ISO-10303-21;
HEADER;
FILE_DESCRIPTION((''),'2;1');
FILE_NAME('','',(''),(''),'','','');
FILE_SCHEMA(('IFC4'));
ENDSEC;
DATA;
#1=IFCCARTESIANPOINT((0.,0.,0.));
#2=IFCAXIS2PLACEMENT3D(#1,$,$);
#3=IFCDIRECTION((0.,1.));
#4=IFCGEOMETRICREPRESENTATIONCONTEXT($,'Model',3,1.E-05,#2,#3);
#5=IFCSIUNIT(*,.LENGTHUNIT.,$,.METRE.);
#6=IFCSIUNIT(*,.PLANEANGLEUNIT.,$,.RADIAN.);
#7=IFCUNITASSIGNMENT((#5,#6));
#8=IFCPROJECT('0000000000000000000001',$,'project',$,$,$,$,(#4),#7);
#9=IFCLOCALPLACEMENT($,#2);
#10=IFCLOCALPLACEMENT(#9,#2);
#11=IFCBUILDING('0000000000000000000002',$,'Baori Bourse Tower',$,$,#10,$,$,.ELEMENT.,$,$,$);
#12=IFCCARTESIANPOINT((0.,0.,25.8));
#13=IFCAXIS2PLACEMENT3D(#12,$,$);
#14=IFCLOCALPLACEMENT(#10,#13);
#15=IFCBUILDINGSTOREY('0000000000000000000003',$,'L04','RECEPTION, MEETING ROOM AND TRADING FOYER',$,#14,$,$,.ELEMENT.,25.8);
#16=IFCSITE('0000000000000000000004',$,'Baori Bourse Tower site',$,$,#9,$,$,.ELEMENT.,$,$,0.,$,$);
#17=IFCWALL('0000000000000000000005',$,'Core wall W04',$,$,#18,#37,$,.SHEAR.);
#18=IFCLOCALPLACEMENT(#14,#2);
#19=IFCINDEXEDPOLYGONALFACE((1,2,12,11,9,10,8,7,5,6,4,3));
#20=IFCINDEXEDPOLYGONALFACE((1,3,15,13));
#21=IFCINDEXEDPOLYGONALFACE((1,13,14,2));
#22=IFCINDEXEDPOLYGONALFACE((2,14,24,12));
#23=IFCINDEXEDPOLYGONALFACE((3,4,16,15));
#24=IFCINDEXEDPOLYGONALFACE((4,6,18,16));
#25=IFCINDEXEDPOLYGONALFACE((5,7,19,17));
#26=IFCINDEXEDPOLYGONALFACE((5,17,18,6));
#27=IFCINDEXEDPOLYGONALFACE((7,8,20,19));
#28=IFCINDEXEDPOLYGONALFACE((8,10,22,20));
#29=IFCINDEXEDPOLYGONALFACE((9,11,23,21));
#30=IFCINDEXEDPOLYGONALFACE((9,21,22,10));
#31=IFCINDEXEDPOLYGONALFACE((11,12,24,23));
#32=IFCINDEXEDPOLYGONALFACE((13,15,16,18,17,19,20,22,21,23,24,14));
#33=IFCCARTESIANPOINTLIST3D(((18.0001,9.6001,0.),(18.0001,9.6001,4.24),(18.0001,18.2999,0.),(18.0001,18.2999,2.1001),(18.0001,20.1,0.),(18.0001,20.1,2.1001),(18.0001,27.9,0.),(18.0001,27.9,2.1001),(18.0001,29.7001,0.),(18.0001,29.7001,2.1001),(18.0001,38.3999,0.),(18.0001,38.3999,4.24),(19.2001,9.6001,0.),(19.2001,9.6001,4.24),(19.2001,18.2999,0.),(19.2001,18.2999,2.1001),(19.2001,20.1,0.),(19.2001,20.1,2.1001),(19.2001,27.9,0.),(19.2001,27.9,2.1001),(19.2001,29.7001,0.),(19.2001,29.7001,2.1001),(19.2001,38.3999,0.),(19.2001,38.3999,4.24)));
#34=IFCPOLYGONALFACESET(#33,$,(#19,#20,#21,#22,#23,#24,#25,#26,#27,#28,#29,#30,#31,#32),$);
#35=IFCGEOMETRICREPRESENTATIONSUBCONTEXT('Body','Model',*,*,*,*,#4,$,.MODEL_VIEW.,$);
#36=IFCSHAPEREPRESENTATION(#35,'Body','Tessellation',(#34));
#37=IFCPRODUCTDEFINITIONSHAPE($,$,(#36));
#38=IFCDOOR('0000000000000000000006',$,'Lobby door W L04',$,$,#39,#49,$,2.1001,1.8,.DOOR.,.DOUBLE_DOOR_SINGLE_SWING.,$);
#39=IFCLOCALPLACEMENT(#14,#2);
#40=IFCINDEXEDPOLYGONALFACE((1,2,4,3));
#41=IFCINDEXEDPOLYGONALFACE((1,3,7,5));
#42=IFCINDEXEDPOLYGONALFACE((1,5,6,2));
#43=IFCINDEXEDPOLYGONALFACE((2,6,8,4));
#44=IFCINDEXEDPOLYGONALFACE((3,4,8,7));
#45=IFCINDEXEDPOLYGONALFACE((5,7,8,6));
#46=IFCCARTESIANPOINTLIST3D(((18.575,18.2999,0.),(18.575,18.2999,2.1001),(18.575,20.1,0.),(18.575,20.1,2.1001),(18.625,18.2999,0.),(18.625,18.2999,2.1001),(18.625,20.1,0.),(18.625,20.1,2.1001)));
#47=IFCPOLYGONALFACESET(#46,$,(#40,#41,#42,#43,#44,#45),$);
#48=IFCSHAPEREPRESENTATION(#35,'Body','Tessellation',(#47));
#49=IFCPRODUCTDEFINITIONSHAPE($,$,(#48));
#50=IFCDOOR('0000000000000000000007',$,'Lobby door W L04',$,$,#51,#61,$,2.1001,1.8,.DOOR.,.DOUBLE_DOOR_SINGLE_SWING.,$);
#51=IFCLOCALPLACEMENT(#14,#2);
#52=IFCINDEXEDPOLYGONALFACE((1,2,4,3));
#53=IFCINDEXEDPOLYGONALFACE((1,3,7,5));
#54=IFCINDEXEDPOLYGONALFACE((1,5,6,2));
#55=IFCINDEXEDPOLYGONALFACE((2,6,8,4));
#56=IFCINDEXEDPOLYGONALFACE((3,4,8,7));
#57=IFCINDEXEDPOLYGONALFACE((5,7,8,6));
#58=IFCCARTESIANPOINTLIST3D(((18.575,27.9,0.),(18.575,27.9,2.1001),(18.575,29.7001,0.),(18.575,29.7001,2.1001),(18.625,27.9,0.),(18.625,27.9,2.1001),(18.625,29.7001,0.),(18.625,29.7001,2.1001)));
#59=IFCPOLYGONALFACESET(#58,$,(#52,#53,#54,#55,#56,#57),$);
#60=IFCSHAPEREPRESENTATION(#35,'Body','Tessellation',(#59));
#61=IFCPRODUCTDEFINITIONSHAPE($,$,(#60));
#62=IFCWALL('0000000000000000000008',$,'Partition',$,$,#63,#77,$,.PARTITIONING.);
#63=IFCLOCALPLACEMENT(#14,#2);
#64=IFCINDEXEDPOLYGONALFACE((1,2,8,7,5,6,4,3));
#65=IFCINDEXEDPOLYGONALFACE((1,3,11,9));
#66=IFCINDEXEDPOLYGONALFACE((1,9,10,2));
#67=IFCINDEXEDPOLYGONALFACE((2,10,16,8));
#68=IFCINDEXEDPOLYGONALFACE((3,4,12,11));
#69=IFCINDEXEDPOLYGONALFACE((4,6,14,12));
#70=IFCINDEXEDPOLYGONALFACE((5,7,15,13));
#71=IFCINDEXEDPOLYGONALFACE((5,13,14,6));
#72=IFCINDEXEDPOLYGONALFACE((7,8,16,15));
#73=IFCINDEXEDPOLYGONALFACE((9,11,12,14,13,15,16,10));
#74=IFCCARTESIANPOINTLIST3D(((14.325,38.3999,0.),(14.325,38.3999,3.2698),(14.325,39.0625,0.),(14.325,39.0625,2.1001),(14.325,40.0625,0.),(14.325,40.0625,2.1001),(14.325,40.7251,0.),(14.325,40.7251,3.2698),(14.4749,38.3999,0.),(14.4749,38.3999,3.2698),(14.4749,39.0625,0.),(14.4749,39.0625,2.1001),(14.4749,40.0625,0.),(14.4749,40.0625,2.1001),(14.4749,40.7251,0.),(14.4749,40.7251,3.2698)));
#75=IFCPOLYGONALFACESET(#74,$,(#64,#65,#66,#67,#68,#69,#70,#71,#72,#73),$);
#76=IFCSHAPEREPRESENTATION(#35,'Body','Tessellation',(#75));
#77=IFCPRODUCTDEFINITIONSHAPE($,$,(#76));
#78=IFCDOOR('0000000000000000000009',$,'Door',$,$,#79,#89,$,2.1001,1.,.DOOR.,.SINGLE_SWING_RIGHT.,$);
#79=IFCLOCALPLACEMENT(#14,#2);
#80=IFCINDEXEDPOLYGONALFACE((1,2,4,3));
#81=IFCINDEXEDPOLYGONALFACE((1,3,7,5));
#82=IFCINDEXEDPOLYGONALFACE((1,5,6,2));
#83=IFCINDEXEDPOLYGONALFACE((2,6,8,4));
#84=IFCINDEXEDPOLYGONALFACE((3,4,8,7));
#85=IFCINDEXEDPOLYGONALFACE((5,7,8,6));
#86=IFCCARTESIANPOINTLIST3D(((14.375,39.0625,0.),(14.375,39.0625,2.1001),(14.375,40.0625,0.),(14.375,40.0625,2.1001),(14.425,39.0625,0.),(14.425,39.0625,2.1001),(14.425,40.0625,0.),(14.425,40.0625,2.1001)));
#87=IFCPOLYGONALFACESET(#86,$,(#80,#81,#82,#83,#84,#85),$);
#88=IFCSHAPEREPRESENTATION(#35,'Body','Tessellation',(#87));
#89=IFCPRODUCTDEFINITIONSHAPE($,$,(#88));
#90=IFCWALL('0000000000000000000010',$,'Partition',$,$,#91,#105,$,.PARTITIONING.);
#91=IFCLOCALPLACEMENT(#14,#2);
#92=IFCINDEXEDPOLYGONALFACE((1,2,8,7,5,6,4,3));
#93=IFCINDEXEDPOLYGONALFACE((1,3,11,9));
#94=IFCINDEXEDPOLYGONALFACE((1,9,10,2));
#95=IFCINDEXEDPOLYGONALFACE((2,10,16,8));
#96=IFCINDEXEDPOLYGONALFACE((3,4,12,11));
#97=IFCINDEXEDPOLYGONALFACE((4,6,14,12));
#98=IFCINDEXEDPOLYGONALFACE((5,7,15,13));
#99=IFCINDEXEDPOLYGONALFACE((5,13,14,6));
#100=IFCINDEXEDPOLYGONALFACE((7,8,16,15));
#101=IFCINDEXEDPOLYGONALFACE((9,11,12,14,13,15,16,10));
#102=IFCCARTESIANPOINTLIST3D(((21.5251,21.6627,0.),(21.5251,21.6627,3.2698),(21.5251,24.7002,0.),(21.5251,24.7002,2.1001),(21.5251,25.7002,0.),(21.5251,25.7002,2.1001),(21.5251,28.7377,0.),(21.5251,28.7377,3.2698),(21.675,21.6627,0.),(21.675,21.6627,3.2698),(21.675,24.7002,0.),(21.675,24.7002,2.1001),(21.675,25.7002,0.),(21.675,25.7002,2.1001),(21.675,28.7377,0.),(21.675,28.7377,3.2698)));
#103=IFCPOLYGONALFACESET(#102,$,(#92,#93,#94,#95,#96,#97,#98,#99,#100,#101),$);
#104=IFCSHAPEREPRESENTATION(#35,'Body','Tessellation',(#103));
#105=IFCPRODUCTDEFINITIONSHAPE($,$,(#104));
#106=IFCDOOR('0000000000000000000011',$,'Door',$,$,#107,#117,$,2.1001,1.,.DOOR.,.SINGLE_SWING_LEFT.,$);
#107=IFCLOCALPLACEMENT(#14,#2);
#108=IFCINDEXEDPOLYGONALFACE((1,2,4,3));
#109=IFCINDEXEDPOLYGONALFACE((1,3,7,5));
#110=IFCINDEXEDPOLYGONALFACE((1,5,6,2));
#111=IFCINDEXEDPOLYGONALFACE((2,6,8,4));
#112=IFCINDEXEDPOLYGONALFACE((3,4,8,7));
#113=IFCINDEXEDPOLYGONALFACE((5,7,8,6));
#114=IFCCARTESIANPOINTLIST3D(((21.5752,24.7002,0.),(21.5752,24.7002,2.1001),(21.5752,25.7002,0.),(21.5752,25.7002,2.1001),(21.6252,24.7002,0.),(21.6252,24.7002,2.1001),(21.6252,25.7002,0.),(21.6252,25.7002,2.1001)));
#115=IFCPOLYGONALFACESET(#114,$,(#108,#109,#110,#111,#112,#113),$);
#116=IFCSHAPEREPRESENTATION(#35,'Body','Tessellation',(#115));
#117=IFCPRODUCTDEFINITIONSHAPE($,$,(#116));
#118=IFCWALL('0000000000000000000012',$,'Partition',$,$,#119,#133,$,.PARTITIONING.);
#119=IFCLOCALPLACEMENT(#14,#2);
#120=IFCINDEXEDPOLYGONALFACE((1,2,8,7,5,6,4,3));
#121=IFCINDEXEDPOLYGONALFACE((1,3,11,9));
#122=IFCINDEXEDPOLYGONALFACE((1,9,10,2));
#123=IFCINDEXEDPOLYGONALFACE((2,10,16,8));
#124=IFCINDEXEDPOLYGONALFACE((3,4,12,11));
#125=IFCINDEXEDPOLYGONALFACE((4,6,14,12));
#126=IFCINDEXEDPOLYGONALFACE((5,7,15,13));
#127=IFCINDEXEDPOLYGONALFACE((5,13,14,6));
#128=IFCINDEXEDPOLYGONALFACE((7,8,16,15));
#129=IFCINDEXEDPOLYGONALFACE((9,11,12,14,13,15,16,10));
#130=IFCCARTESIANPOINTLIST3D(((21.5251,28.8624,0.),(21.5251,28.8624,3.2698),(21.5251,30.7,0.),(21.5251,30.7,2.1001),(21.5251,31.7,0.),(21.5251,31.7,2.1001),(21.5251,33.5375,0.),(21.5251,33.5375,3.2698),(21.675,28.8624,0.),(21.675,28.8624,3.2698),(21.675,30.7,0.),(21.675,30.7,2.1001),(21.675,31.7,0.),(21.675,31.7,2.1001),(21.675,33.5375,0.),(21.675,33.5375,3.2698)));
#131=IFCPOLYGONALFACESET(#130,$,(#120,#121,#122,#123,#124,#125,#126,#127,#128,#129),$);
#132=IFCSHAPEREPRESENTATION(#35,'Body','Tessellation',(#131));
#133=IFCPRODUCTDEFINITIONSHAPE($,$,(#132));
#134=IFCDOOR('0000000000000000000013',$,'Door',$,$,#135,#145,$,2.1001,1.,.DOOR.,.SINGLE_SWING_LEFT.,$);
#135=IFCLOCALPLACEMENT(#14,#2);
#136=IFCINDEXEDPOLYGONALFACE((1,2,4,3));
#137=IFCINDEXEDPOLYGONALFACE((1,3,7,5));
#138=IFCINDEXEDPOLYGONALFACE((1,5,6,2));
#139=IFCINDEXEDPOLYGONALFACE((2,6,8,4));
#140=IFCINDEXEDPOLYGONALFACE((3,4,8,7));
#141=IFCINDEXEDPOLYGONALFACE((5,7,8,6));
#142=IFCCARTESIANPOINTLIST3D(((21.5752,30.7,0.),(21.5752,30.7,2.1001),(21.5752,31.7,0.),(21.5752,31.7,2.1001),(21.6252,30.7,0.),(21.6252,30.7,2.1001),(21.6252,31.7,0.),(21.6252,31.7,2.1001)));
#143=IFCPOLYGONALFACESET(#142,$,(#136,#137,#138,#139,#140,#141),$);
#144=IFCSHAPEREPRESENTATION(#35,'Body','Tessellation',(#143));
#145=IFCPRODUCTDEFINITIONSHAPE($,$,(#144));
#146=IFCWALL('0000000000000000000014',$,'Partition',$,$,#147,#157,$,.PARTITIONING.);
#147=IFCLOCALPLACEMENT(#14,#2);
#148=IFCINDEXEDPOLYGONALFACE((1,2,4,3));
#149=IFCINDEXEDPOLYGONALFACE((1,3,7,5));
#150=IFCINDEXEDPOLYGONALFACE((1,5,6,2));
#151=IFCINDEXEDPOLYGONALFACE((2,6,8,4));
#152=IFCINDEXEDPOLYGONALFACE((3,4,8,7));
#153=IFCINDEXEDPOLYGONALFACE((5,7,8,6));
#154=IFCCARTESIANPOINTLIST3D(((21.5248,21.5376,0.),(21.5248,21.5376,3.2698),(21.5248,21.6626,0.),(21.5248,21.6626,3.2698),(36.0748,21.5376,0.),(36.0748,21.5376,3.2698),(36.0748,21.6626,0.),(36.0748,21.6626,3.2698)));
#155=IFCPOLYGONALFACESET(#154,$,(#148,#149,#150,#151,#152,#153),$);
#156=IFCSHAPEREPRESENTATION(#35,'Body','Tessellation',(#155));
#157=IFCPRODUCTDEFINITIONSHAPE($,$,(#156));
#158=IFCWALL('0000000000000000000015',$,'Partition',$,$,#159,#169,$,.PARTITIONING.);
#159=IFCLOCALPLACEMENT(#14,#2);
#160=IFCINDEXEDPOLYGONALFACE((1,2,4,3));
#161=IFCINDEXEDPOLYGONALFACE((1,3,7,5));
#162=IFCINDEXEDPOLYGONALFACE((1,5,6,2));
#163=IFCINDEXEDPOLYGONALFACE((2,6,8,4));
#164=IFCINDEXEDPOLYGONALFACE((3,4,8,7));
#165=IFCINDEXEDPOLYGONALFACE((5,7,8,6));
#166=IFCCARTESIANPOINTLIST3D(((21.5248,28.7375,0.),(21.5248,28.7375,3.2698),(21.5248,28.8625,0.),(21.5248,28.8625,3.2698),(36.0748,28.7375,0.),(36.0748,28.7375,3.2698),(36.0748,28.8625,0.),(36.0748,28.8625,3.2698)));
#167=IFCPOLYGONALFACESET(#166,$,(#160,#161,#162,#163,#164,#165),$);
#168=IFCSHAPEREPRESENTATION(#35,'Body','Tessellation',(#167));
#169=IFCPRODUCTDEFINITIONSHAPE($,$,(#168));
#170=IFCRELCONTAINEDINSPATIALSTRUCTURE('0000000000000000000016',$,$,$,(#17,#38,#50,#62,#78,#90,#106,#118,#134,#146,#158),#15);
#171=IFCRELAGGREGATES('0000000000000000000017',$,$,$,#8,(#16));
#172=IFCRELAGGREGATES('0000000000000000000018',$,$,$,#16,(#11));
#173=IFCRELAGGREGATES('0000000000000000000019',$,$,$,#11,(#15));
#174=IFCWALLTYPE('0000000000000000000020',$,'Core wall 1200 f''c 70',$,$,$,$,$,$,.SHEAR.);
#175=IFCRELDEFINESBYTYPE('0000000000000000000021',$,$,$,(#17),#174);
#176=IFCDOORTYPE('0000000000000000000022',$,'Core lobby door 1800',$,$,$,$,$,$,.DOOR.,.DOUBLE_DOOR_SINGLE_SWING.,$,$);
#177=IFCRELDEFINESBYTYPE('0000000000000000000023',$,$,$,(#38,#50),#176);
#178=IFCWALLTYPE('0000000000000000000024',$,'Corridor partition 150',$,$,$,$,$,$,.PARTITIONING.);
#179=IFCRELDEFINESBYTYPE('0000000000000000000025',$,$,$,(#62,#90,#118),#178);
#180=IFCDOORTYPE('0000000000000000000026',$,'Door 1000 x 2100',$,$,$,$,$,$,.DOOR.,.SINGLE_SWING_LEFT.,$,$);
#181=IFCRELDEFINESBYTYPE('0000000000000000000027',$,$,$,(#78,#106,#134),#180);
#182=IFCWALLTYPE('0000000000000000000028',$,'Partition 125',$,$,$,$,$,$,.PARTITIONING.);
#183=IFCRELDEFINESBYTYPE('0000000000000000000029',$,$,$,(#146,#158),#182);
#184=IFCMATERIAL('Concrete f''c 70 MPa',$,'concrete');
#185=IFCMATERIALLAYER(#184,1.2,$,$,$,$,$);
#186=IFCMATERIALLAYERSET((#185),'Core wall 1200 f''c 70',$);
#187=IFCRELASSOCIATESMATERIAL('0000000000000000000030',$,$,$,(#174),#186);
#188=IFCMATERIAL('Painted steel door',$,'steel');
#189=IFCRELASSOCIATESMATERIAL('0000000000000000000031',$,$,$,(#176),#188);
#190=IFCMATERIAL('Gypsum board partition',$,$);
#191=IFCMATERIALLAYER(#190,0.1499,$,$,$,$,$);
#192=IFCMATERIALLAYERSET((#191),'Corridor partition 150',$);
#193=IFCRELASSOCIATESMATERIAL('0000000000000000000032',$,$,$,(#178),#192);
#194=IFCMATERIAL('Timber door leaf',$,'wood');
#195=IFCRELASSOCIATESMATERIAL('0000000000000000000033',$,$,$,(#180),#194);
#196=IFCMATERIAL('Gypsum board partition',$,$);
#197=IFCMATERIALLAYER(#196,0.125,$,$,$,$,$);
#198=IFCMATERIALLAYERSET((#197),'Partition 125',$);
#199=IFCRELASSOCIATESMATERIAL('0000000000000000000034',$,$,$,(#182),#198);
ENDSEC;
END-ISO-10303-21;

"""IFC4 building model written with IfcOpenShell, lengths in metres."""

from ifc_helpers import new_model, si_unit, direction, frame, frame_2d, origin, place, context, subcontext, project, spatial, rectangle, extrude, material, layer, layer_set, type_object, element, fill, save


model = new_model("IFC4")

# Units and contexts
model_context = context("Model", 3, precision=1e-05, world=origin(), true_north=direction((0.0, 1.0)))
body_context = subcontext(model_context, "Body", "Model", "MODEL_VIEW")
ifc_project = project(units=[si_unit("LENGTHUNIT", "METRE"), si_unit("PLANEANGLEUNIT", "RADIAN")], contexts=[model_context])

# Site, building, storey
site_placement = place(None, origin())
site = spatial("IfcSite", under=ifc_project, at=site_placement, Name="Baori Bourse Tower site", CompositionType="ELEMENT", RefElevation=0.0)
building_placement = place(site_placement, origin())
building = spatial("IfcBuilding", under=site, at=building_placement, Name="Baori Bourse Tower", CompositionType="ELEMENT")
storey_placement = place(building_placement, frame((0.0, 0.0, 25.8)))
storey = spatial("IfcBuildingStorey", under=building, at=storey_placement, Name="L04", Description="RECEPTION, MEETING ROOM AND TRADING FOYER", CompositionType="ELEMENT", Elevation=25.8)

# Wall, openings, doors
ifc_material_1 = material(Name="Concrete f'c 70 MPa", Category="concrete")
ifc_layer_1 = layer(ifc_material_1, 1.2)
ifc_layer_set_1 = layer_set([ifc_layer_1], Name="Core wall 1200 f'c 70")
wall_type_1 = type_object("IfcWallType", Name="Core wall 1200 f'c 70", PredefinedType="SHEAR", material=ifc_layer_set_1)
wall_1_placement = place(storey_placement, frame((18.6001, 38.3999, 0.0), z_axis=(0.0, 0.0, 1.0), x_axis=(0.0, -1.0, 0.0)))
wall_1 = element("IfcWall", 1, at=wall_1_placement, inside=storey, type_object=wall_type_1, Name="Core wall W04", PredefinedType="SHEAR", context=body_context, shape_type="SweptSolid", body=[
    extrude(rectangle(XDim=28.7998, YDim=1.2, at=frame_2d((14.3999, 0.0))), origin(), (0.0, 0.0, 1.0), 4.24),
])
opening_1_placement = place(wall_1_placement, frame((18.3, 0.0, 0.0)))
opening_1 = element("IfcOpeningElement", 2, at=opening_1_placement, cuts=wall_1, PredefinedType="OPENING", context=body_context, shape_type="SweptSolid", body=[
    extrude(rectangle(XDim=1.8, YDim=2.1001, at=frame_2d((0.8999, 1.05))), frame((0.0, 0.6099, 0.0), z_axis=(0.0, -1.0, 0.0), x_axis=(1.0, 0.0, 0.0)), (0.0, 0.0, 1.0), 1.22),
])
opening_2_placement = place(wall_1_placement, frame((8.7, 0.0, 0.0)))
opening_2 = element("IfcOpeningElement", 3, at=opening_2_placement, cuts=wall_1, PredefinedType="OPENING", context=body_context, shape_type="SweptSolid", body=[
    extrude(rectangle(XDim=1.8, YDim=2.1001, at=frame_2d((0.8999, 1.05))), frame((0.0, 0.6099, 0.0), z_axis=(0.0, -1.0, 0.0), x_axis=(1.0, 0.0, 0.0)), (0.0, 0.0, 1.0), 1.22),
])
ifc_material_2 = material(Name="Painted steel door", Category="steel")
door_type_1 = type_object("IfcDoorType", Name="Core lobby door 1800", OperationType="DOUBLE_DOOR_SINGLE_SWING", PredefinedType="DOOR", material=ifc_material_2)
door_1_placement = place(opening_1_placement, origin())
door_1 = element("IfcDoor", 4, at=door_1_placement, inside=storey, type_object=door_type_1, Name="Lobby door W L04", OperationType="DOUBLE_DOOR_SINGLE_SWING", OverallHeight=2.1001, OverallWidth=1.8, PredefinedType="DOOR", context=body_context, shape_type="SweptSolid", body=[
    extrude(rectangle(XDim=1.8, YDim=2.1001, at=frame_2d((0.8999, 1.05))), frame((0.0, 0.0249, 0.0), z_axis=(0.0, -1.0, 0.0), x_axis=(1.0, 0.0, 0.0)), (0.0, 0.0, 1.0), 0.05),
])
fill(opening_1, door_1)
door_2_placement = place(opening_2_placement, origin())
door_2 = element("IfcDoor", 5, at=door_2_placement, inside=storey, type_object=door_type_1, Name="Lobby door W L04", OperationType="DOUBLE_DOOR_SINGLE_SWING", OverallHeight=2.1001, OverallWidth=1.8, PredefinedType="DOOR", context=body_context, shape_type="SweptSolid", body=[
    extrude(rectangle(XDim=1.8, YDim=2.1001, at=frame_2d((0.8999, 1.05))), frame((0.0, 0.0249, 0.0), z_axis=(0.0, -1.0, 0.0), x_axis=(1.0, 0.0, 0.0)), (0.0, 0.0, 1.0), 0.05),
])
fill(opening_2, door_2)

# Walls, openings, doors
ifc_material_3 = material(Name="Gypsum board partition")
ifc_layer_2 = layer(ifc_material_3, 0.1499)
ifc_layer_set_2 = layer_set([ifc_layer_2], Name="Corridor partition 150")
wall_type_2 = type_object("IfcWallType", Name="Corridor partition 150", PredefinedType="PARTITIONING", material=ifc_layer_set_2)
wall_2_placement = place(storey_placement, frame((14.3999, 38.3999, 0.0), z_axis=(0.0, 0.0, 1.0), x_axis=(0.0, 1.0, 0.0)))
wall_2 = element("IfcWall", 6, at=wall_2_placement, inside=storey, type_object=wall_type_2, Name="Partition", PredefinedType="PARTITIONING", context=body_context, shape_type="SweptSolid", body=[
    extrude(rectangle(XDim=2.3252, YDim=0.1499, at=frame_2d((1.1626, 0.0))), origin(), (0.0, 0.0, 1.0), 3.2698),
])
opening_3_placement = place(wall_2_placement, frame((0.6626, 0.0, 0.0)))
opening_3 = element("IfcOpeningElement", 7, at=opening_3_placement, cuts=wall_2, PredefinedType="OPENING", context=body_context, shape_type="SweptSolid", body=[
    extrude(rectangle(XDim=1.0, YDim=2.1001, at=frame_2d((0.5, 1.05))), frame((0.0, 0.085, 0.0), z_axis=(0.0, -1.0, 0.0), x_axis=(1.0, 0.0, 0.0)), (0.0, 0.0, 1.0), 0.1699),
])
ifc_material_4 = material(Name="Timber door leaf", Category="wood")
door_type_2 = type_object("IfcDoorType", Name="Door 1000 x 2100", OperationType="SINGLE_SWING_LEFT", PredefinedType="DOOR", material=ifc_material_4)
door_3_placement = place(opening_3_placement, origin())
door_3 = element("IfcDoor", 8, at=door_3_placement, inside=storey, type_object=door_type_2, Name="Door", OperationType="SINGLE_SWING_RIGHT", OverallHeight=2.1001, OverallWidth=1.0, PredefinedType="DOOR", context=body_context, shape_type="SweptSolid", body=[
    extrude(rectangle(XDim=1.0, YDim=2.1001, at=frame_2d((0.5, 1.05))), frame((0.0, 0.0249, 0.0), z_axis=(0.0, -1.0, 0.0), x_axis=(1.0, 0.0, 0.0)), (0.0, 0.0, 1.0), 0.05),
])
fill(opening_3, door_3)
wall_3_placement = place(storey_placement, frame((21.6001, 21.6626, 0.0), z_axis=(0.0, 0.0, 1.0), x_axis=(0.0, 1.0, 0.0)))
wall_3 = element("IfcWall", 9, at=wall_3_placement, inside=storey, type_object=wall_type_2, Name="Partition", PredefinedType="PARTITIONING", context=body_context, shape_type="SweptSolid", body=[
    extrude(rectangle(XDim=7.075, YDim=0.1499, at=frame_2d((3.5376, 0.0))), origin(), (0.0, 0.0, 1.0), 3.2698),
])
opening_4_placement = place(wall_3_placement, frame((3.0376, 0.0, 0.0)))
opening_4 = element("IfcOpeningElement", 10, at=opening_4_placement, cuts=wall_3, PredefinedType="OPENING", context=body_context, shape_type="SweptSolid", body=[
    extrude(rectangle(XDim=1.0, YDim=2.1001, at=frame_2d((0.5, 1.05))), frame((0.0, 0.085, 0.0), z_axis=(0.0, -1.0, 0.0), x_axis=(1.0, 0.0, 0.0)), (0.0, 0.0, 1.0), 0.1699),
])
door_4_placement = place(opening_4_placement, origin())
door_4 = element("IfcDoor", 11, at=door_4_placement, inside=storey, type_object=door_type_2, Name="Door", OperationType="SINGLE_SWING_LEFT", OverallHeight=2.1001, OverallWidth=1.0, PredefinedType="DOOR", context=body_context, shape_type="SweptSolid", body=[
    extrude(rectangle(XDim=1.0, YDim=2.1001, at=frame_2d((0.5, 1.05))), frame((0.0, 0.0249, 0.0), z_axis=(0.0, -1.0, 0.0), x_axis=(1.0, 0.0, 0.0)), (0.0, 0.0, 1.0), 0.05),
])
fill(opening_4, door_4)
wall_4_placement = place(storey_placement, frame((21.6001, 28.8625, 0.0), z_axis=(0.0, 0.0, 1.0), x_axis=(0.0, 1.0, 0.0)))
wall_4 = element("IfcWall", 12, at=wall_4_placement, inside=storey, type_object=wall_type_2, Name="Partition", PredefinedType="PARTITIONING", context=body_context, shape_type="SweptSolid", body=[
    extrude(rectangle(XDim=4.675, YDim=0.1499, at=frame_2d((2.3374, 0.0))), origin(), (0.0, 0.0, 1.0), 3.2698),
])
opening_5_placement = place(wall_4_placement, frame((1.8374, 0.0, 0.0)))
opening_5 = element("IfcOpeningElement", 13, at=opening_5_placement, cuts=wall_4, PredefinedType="OPENING", context=body_context, shape_type="SweptSolid", body=[
    extrude(rectangle(XDim=1.0, YDim=2.1001, at=frame_2d((0.5, 1.05))), frame((0.0, 0.085, 0.0), z_axis=(0.0, -1.0, 0.0), x_axis=(1.0, 0.0, 0.0)), (0.0, 0.0, 1.0), 0.1699),
])
door_5_placement = place(opening_5_placement, origin())
door_5 = element("IfcDoor", 14, at=door_5_placement, inside=storey, type_object=door_type_2, Name="Door", OperationType="SINGLE_SWING_LEFT", OverallHeight=2.1001, OverallWidth=1.0, PredefinedType="DOOR", context=body_context, shape_type="SweptSolid", body=[
    extrude(rectangle(XDim=1.0, YDim=2.1001, at=frame_2d((0.5, 1.05))), frame((0.0, 0.0249, 0.0), z_axis=(0.0, -1.0, 0.0), x_axis=(1.0, 0.0, 0.0)), (0.0, 0.0, 1.0), 0.05),
])
fill(opening_5, door_5)

# Walls
ifc_material_5 = material(Name="Gypsum board partition")
ifc_layer_3 = layer(ifc_material_5, 0.125)
ifc_layer_set_3 = layer_set([ifc_layer_3], Name="Partition 125")
wall_type_3 = type_object("IfcWallType", Name="Partition 125", PredefinedType="PARTITIONING", material=ifc_layer_set_3)
for number, where, z_axis, x_axis, name in (
    (15, (21.5249, 21.6001, 0.0), (0.0, 0.0, 1.0), (1.0, 0.0, 0.0), "Partition"),
    (16, (21.5249, 28.8, 0.0), (0.0, 0.0, 1.0), (1.0, 0.0, 0.0), "Partition"),
):
    element("IfcWall", number, at=place(storey_placement, frame(where, z_axis=z_axis, x_axis=x_axis)), inside=storey, type_object=wall_type_3, Name=name, PredefinedType="PARTITIONING", context=body_context, shape_type="SweptSolid", body=[
        extrude(rectangle(XDim=14.55, YDim=0.125, at=frame_2d((7.2749, 0.0))), origin(), (0.0, 0.0, 1.0), 3.2698),
    ])

save(model, "model.ifc")
